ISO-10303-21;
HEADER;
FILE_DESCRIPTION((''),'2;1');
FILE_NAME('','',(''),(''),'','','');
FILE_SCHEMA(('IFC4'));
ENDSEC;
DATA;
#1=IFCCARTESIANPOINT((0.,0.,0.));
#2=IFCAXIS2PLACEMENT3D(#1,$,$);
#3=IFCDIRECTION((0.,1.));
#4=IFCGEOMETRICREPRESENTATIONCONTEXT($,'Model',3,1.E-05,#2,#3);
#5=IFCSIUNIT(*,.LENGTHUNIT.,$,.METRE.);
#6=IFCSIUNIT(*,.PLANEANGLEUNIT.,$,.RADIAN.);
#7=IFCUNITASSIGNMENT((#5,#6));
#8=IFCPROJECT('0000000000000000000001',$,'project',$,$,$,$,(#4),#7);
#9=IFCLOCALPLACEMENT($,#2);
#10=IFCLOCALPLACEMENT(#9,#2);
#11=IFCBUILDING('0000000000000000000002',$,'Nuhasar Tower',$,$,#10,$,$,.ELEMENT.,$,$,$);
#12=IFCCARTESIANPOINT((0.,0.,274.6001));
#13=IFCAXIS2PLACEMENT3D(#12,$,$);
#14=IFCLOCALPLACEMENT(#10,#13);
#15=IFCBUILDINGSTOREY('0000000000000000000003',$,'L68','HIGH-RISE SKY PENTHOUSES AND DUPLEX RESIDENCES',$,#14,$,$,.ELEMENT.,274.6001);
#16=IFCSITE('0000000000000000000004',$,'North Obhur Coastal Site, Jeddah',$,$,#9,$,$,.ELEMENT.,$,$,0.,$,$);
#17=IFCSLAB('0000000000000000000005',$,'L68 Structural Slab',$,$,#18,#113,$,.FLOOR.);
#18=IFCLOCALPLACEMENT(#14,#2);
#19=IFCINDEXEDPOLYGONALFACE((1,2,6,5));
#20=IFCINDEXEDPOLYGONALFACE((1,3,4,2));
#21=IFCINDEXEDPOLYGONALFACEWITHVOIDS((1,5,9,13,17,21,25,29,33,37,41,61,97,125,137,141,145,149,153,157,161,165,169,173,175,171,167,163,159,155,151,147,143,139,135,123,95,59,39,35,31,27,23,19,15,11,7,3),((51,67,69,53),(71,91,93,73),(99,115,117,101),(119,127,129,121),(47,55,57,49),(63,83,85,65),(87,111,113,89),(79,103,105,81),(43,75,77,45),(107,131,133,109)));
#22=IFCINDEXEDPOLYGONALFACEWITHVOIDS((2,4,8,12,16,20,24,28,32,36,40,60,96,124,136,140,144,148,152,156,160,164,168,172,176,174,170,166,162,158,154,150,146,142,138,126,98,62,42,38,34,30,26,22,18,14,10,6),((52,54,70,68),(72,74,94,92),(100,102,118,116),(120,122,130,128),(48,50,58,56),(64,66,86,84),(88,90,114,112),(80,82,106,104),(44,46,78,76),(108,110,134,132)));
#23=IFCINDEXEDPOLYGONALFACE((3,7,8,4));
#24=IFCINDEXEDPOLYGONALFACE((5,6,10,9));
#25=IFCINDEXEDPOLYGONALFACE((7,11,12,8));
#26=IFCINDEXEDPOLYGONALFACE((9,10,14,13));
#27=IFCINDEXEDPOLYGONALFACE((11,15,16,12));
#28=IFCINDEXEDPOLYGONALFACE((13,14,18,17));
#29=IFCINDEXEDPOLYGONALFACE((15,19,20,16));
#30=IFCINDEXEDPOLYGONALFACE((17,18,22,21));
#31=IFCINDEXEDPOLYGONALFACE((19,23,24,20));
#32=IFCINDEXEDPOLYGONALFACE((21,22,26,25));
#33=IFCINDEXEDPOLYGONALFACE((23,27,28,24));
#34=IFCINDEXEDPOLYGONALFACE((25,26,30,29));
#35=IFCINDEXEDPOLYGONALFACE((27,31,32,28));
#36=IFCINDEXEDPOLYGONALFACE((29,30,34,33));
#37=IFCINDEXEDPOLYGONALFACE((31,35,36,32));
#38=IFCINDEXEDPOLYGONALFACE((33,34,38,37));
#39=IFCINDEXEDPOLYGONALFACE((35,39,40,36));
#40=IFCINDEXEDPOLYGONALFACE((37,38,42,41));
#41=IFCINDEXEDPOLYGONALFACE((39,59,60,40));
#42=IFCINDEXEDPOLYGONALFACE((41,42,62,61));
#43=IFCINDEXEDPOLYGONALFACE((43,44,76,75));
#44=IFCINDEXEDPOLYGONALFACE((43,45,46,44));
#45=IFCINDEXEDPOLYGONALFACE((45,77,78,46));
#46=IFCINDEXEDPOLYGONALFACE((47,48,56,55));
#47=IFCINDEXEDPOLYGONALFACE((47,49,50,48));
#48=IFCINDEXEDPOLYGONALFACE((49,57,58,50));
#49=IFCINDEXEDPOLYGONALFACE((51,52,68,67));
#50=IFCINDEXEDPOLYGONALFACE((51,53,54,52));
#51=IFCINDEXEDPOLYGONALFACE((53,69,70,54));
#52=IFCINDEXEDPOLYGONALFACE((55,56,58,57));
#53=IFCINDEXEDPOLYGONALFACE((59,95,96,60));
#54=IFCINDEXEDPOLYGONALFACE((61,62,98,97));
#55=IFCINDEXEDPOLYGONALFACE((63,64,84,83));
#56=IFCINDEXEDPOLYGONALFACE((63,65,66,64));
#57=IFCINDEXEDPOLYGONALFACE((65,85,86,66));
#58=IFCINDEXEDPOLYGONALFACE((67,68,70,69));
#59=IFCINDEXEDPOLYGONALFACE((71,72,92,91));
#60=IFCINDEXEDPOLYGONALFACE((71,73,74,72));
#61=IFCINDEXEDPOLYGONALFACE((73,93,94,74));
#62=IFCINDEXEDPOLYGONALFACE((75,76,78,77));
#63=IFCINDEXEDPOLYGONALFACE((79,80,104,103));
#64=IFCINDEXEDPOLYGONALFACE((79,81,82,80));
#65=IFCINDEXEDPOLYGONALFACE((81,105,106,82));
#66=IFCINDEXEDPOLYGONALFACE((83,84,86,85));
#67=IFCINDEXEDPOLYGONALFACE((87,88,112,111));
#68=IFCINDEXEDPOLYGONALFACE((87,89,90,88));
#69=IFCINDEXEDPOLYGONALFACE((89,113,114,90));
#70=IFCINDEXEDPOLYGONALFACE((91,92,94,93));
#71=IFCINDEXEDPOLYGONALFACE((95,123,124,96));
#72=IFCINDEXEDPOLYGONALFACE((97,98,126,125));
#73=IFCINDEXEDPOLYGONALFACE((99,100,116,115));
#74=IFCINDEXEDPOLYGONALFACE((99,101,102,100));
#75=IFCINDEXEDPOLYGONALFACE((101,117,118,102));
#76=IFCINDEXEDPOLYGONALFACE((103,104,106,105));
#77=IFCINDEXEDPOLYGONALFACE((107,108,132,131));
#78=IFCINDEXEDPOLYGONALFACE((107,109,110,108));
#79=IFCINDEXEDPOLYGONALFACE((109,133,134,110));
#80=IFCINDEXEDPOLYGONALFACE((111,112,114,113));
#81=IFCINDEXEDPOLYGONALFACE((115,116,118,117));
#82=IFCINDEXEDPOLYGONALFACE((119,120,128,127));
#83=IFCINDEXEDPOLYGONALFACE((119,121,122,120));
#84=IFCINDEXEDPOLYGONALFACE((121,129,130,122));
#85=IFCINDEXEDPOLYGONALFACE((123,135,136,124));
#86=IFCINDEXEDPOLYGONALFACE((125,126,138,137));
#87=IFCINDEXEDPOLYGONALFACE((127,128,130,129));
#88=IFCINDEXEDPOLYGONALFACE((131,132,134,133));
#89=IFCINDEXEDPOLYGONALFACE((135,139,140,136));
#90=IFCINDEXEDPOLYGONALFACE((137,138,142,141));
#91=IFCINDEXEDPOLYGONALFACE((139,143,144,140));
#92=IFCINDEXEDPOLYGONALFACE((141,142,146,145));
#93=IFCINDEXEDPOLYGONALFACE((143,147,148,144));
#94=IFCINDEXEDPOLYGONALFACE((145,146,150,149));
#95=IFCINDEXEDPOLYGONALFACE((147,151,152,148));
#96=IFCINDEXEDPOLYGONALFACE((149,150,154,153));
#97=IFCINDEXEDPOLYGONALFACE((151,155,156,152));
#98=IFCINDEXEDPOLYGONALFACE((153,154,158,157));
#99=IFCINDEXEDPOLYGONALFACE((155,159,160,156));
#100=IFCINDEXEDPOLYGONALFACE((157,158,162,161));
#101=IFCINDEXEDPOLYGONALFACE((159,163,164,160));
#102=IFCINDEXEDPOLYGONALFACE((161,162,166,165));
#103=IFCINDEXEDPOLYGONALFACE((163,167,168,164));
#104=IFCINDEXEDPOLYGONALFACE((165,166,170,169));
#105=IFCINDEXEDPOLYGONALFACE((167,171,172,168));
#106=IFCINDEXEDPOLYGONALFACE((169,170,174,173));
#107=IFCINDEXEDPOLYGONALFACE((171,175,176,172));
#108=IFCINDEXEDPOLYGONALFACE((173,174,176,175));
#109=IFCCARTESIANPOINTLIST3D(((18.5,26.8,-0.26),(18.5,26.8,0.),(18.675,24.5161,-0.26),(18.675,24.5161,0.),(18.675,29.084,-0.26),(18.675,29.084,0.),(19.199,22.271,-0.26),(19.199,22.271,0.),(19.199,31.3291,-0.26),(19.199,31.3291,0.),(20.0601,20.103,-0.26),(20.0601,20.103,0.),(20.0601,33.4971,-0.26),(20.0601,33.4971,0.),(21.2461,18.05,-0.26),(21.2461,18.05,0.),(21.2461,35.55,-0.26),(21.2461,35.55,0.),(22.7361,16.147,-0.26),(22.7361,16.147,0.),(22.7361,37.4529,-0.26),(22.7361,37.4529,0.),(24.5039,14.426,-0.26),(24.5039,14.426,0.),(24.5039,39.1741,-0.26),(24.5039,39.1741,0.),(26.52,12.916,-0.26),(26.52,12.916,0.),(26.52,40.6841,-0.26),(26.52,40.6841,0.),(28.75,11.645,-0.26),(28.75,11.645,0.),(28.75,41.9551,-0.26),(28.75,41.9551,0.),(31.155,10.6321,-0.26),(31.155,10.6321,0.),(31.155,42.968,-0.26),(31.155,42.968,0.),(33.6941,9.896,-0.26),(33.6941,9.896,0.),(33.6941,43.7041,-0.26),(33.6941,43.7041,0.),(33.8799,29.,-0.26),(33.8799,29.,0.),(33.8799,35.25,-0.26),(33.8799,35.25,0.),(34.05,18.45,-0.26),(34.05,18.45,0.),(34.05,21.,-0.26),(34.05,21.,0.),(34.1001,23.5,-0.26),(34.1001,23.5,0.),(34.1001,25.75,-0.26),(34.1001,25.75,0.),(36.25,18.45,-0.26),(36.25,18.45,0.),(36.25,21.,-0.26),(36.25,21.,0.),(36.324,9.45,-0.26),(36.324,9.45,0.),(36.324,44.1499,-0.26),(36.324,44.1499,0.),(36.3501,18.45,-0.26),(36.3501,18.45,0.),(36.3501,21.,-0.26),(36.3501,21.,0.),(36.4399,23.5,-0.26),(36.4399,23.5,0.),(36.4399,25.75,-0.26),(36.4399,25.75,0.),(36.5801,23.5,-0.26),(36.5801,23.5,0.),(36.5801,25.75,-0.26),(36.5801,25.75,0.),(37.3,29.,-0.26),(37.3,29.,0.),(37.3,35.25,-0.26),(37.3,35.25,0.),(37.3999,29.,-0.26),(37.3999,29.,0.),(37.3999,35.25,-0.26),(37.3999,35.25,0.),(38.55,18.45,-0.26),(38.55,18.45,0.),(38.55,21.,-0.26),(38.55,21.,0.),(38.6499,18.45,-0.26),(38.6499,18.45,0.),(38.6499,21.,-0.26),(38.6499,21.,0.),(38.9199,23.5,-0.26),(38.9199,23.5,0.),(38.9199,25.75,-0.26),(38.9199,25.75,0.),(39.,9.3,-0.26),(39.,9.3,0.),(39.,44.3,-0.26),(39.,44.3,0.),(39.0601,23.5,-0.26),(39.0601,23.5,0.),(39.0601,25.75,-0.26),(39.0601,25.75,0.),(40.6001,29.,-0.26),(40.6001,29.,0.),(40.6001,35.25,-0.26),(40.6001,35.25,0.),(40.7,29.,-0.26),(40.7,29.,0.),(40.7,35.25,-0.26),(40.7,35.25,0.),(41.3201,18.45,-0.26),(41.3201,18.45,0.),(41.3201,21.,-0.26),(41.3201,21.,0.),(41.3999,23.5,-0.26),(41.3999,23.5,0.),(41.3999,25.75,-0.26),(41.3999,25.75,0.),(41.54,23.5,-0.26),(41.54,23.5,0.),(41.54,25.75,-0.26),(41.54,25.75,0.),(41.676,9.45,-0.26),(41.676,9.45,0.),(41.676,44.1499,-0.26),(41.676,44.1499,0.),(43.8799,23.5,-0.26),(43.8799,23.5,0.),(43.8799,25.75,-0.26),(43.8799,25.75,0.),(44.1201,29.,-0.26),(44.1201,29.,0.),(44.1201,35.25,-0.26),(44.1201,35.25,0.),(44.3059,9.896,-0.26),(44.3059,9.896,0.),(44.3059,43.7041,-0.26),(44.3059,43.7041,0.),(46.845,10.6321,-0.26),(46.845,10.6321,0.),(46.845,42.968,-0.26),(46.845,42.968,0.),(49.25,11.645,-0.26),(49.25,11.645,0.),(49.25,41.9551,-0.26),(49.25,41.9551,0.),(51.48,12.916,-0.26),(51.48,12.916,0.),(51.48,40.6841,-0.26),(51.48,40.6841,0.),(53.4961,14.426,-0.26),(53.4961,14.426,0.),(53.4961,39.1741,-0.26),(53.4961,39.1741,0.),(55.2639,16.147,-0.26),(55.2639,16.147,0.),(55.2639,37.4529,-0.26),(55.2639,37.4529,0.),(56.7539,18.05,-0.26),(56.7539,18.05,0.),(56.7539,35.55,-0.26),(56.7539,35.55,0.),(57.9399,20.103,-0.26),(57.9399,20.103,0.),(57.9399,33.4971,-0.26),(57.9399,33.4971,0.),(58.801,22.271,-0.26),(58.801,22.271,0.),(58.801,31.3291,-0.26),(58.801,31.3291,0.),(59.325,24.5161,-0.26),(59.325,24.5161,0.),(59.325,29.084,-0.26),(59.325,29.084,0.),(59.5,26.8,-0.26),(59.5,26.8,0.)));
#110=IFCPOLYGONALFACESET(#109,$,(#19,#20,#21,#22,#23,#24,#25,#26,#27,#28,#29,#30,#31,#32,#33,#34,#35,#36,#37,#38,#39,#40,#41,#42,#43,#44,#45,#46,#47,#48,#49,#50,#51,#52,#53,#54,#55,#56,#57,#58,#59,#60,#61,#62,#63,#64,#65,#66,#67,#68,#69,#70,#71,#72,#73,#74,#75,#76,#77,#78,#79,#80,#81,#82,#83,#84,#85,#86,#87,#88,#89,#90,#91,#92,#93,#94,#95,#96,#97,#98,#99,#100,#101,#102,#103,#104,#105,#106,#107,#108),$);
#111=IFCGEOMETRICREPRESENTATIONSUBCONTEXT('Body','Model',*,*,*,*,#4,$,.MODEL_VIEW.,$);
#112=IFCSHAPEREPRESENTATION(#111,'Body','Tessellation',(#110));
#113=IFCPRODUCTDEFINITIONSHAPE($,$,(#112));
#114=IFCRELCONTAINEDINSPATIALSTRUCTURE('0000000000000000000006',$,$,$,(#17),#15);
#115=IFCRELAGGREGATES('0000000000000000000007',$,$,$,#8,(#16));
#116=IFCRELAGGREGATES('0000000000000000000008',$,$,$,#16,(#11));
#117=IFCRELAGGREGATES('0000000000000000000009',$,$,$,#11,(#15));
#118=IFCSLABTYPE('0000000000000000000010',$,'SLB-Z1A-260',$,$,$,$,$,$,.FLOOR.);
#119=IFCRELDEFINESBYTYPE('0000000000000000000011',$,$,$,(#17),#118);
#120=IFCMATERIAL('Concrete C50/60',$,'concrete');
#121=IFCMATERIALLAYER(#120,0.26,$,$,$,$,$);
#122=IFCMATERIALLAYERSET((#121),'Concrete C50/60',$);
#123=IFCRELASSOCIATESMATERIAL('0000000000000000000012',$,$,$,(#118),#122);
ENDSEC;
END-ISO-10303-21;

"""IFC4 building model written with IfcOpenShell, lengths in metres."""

from ifc_helpers import new_model, si_unit, direction, frame, origin, place, context, subcontext, project, spatial, polyline, outline, extrude, material, layer, layer_set, type_object, element, save


model = new_model("IFC4")

# Units and contexts
model_context = context("Model", 3, precision=1e-05, world=origin(), true_north=direction((0.0, 1.0)))
body_context = subcontext(model_context, "Body", "Model", "MODEL_VIEW")
ifc_project = project(units=[si_unit("LENGTHUNIT", "METRE"), si_unit("PLANEANGLEUNIT", "RADIAN")], contexts=[model_context])

# Site, building, storey
site_placement = place(None, origin())
site = spatial("IfcSite", under=ifc_project, at=site_placement, Name="North Obhur Coastal Site, Jeddah", CompositionType="ELEMENT", RefElevation=0.0)
building_placement = place(site_placement, origin())
building = spatial("IfcBuilding", under=site, at=building_placement, Name="Nuhasar Tower", CompositionType="ELEMENT")
storey_placement = place(building_placement, frame((0.0, 0.0, 274.6001)))
storey = spatial("IfcBuildingStorey", under=building, at=storey_placement, Name="L68", Description="HIGH-RISE SKY PENTHOUSES AND DUPLEX RESIDENCES", CompositionType="ELEMENT", Elevation=274.6001)

# Shared definitions
ifc_material_1 = material(Name="Concrete C50/60", Category="concrete")

# Slab
ifc_layer_1 = layer(ifc_material_1, 0.26)
ifc_layer_set_1 = layer_set([ifc_layer_1], Name="Concrete C50/60")
slab_type_1 = type_object("IfcSlabType", Name="SLB-Z1A-260", PredefinedType="FLOOR", material=ifc_layer_set_1)
slab_1_placement = place(storey_placement, frame((0.0, 0.0, -0.26)))
element("IfcSlab", 1, at=slab_1_placement, inside=storey, type_object=slab_type_1, Name="L68 Structural Slab", PredefinedType="FLOOR", context=body_context, shape_type="SweptSolid", body=[
    extrude(outline(polyline([(59.5, 26.8), (59.325, 29.084), (58.801, 31.3291), (57.9399, 33.4971), (56.7539, 35.55), (55.2639, 37.4529), (53.4961, 39.1741), (51.48, 40.6841), (49.25, 41.9551), (46.845, 42.968), (44.3059, 43.7041), (41.676, 44.1499), (39.0, 44.3), (36.324, 44.1499), (33.6941, 43.7041), (31.155, 42.968), (28.75, 41.9551), (26.52, 40.6841), (24.5039, 39.1741), (22.7361, 37.4529), (21.2461, 35.55), (20.0601, 33.4971), (19.199, 31.3291), (18.675, 29.084), (18.5, 26.8), (18.675, 24.5161), (19.199, 22.271), (20.0601, 20.103), (21.2461, 18.05), (22.7361, 16.147), (24.5039, 14.426), (26.52, 12.916), (28.75, 11.645), (31.155, 10.6321), (33.6941, 9.896), (36.324, 9.45), (39.0, 9.3), (41.676, 9.45), (44.3059, 9.896), (46.845, 10.6321), (49.25, 11.645), (51.48, 12.916), (53.4961, 14.426), (55.2639, 16.147), (56.7539, 18.05), (57.9399, 20.103), (58.801, 22.271), (59.325, 24.5161), (59.5, 26.8)]), holes=[polyline([(33.8799, 35.25), (37.3, 35.25), (37.3, 29.0), (33.8799, 29.0), (33.8799, 35.25)]), polyline([(37.3999, 35.25), (40.6001, 35.25), (40.6001, 29.0), (37.3999, 29.0), (37.3999, 35.25)]), polyline([(40.7, 35.25), (44.1201, 35.25), (44.1201, 29.0), (40.7, 29.0), (40.7, 35.25)]), polyline([(34.1001, 25.75), (36.4399, 25.75), (36.4399, 23.5), (34.1001, 23.5), (34.1001, 25.75)]), polyline([(36.5801, 25.75), (38.9199, 25.75), (38.9199, 23.5), (36.5801, 23.5), (36.5801, 25.75)]), polyline([(39.0601, 25.75), (41.3999, 25.75), (41.3999, 23.5), (39.0601, 23.5), (39.0601, 25.75)]), polyline([(41.54, 25.75), (43.8799, 25.75), (43.8799, 23.5), (41.54, 23.5), (41.54, 25.75)]), polyline([(34.05, 21.0), (36.25, 21.0), (36.25, 18.45), (34.05, 18.45), (34.05, 21.0)]), polyline([(36.3501, 21.0), (38.55, 21.0), (38.55, 18.45), (36.3501, 18.45), (36.3501, 21.0)]), polyline([(38.6499, 21.0), (41.3201, 21.0), (41.3201, 18.45), (38.6499, 18.45), (38.6499, 21.0)])]), origin(), (0.0, 0.0, 1.0), 0.26),
])

save(model, "model.ifc")
